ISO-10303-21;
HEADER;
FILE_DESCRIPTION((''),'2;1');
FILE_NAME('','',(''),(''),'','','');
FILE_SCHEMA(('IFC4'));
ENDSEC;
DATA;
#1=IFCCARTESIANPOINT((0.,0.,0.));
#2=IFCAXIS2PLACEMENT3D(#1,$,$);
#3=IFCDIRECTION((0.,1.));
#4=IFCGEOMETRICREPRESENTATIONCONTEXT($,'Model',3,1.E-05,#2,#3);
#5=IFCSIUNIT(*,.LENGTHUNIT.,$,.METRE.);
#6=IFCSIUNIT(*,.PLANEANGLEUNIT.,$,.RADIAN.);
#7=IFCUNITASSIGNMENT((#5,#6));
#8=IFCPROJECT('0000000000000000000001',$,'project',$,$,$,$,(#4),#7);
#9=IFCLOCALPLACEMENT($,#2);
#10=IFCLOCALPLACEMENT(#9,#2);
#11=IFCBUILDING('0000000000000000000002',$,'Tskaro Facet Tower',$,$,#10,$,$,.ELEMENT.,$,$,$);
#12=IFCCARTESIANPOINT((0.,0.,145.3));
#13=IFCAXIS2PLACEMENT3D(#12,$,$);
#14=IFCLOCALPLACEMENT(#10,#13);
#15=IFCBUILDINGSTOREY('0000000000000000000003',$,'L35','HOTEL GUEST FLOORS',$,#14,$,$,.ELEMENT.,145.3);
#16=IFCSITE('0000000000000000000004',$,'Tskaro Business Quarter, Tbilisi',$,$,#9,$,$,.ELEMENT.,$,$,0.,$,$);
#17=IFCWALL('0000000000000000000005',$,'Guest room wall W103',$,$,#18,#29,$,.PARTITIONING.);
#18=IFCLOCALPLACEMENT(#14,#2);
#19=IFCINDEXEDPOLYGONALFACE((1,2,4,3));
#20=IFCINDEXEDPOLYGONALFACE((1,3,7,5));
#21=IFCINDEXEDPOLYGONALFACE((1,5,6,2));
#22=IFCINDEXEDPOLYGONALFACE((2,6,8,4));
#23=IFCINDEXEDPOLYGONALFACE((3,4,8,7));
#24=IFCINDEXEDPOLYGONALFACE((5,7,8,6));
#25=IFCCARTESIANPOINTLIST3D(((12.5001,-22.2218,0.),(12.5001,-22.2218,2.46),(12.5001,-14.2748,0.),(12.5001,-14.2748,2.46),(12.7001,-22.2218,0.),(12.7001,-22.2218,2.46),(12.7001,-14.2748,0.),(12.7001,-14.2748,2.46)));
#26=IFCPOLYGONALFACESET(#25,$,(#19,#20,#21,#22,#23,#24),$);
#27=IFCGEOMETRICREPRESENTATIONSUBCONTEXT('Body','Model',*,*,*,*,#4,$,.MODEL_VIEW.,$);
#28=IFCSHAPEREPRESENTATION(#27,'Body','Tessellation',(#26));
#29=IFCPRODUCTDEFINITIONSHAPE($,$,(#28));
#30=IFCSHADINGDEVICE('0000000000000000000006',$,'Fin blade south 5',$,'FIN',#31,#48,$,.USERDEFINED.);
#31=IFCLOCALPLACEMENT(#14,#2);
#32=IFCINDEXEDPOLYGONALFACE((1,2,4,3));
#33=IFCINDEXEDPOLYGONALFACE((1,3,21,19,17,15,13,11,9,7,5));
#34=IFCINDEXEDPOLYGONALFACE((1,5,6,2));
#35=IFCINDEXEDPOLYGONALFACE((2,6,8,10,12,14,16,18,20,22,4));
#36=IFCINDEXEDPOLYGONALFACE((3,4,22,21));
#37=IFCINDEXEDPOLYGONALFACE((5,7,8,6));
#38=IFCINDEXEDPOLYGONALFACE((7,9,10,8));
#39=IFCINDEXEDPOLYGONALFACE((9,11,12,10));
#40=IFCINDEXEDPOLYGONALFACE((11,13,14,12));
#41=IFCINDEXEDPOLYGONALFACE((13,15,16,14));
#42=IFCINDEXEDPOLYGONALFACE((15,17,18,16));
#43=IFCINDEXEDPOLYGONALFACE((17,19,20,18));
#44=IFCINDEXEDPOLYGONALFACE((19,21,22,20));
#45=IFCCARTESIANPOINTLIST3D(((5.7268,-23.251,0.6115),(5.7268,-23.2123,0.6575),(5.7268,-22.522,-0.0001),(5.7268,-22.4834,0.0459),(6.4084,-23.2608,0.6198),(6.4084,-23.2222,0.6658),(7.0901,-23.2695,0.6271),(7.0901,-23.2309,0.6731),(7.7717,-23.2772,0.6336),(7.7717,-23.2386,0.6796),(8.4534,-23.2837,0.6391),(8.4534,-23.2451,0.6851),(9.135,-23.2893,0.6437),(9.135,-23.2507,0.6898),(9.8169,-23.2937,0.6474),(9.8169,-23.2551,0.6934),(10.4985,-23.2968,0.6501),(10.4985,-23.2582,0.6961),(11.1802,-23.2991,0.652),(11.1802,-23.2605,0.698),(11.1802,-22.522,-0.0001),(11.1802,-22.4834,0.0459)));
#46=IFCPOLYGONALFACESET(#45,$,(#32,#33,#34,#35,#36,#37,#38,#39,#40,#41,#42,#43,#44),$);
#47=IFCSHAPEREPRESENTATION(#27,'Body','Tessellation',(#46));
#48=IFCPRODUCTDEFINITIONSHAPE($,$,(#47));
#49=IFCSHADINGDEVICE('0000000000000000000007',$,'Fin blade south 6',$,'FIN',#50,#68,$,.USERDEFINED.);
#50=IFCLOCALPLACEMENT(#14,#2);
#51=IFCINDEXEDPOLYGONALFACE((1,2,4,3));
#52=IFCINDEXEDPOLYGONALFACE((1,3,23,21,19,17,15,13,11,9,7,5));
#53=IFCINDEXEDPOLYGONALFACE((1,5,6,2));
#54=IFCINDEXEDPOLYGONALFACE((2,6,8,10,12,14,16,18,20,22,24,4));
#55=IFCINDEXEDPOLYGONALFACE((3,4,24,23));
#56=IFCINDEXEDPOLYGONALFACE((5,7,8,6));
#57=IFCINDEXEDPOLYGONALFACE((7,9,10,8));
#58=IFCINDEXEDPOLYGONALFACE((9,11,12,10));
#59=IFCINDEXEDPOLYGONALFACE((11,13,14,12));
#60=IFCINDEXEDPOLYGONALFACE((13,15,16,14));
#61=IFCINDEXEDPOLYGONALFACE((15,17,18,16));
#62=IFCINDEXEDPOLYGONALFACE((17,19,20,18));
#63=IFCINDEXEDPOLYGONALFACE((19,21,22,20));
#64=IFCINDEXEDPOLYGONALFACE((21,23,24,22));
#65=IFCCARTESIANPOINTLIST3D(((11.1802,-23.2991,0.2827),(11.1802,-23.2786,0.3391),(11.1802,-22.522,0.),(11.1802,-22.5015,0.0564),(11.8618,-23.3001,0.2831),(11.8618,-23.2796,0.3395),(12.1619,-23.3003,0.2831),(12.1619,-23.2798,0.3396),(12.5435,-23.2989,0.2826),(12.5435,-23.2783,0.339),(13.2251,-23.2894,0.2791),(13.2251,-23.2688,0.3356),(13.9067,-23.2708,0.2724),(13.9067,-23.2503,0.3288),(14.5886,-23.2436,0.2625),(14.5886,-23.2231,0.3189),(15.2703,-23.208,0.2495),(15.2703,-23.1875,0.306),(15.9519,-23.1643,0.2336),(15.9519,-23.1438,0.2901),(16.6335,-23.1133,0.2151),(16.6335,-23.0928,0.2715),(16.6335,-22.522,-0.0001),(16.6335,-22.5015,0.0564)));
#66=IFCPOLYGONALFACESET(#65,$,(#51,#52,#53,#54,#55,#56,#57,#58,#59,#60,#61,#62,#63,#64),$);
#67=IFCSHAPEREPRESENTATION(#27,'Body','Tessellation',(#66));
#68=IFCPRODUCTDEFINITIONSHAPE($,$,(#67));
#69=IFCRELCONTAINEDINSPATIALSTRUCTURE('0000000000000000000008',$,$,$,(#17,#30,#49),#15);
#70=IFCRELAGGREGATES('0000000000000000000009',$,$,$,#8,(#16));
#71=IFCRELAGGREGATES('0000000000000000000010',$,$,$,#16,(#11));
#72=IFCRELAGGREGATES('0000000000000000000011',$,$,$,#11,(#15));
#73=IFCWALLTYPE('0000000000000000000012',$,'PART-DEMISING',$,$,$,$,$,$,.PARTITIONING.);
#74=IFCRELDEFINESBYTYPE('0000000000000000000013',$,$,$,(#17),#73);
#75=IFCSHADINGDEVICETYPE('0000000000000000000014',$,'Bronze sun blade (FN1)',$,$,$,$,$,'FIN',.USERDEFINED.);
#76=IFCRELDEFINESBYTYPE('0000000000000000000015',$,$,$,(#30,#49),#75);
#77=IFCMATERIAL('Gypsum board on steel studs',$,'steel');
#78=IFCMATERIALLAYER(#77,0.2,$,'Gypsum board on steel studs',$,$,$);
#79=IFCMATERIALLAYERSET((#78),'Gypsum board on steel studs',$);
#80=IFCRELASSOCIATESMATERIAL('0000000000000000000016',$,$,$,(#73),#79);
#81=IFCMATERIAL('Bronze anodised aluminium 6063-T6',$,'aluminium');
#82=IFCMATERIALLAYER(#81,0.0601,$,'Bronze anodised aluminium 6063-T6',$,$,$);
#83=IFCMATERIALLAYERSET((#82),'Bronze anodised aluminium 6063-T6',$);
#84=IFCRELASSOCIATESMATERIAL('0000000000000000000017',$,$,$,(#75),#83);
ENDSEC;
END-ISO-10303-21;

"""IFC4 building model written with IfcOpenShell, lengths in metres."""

from ifc_helpers import new_model, si_unit, direction, frame, frame_2d, origin, place, context, subcontext, project, spatial, polyline, rectangle, outline, extrude, material, layer, layer_set, type_object, element, save


model = new_model("IFC4")

# Units and contexts
model_context = context("Model", 3, precision=1e-05, world=origin(), true_north=direction((0.0, 1.0)))
body_context = subcontext(model_context, "Body", "Model", "MODEL_VIEW")
ifc_project = project(units=[si_unit("LENGTHUNIT", "METRE"), si_unit("PLANEANGLEUNIT", "RADIAN")], contexts=[model_context])

# Site, building, storey
site_placement = place(None, origin())
site = spatial("IfcSite", under=ifc_project, at=site_placement, Name="Tskaro Business Quarter, Tbilisi", CompositionType="ELEMENT", RefElevation=0.0)
building_placement = place(site_placement, origin())
building = spatial("IfcBuilding", under=site, at=building_placement, Name="Tskaro Facet Tower", CompositionType="ELEMENT")
storey_placement = place(building_placement, frame((0.0, 0.0, 145.3)))
storey = spatial("IfcBuildingStorey", under=building, at=storey_placement, Name="L35", Description="HOTEL GUEST FLOORS", CompositionType="ELEMENT", Elevation=145.3)

# Shared definitions
ifc_material_1 = material(Name="Bronze anodised aluminium 6063-T6", Category="aluminium")

# Shared definitions
ifc_material_2 = material(Name="Gypsum board on steel studs", Category="steel")

# Wall
ifc_layer_1 = layer(ifc_material_2, 0.2, Name="Gypsum board on steel studs")
ifc_layer_set_1 = layer_set([ifc_layer_1], Name="Gypsum board on steel studs")
wall_type_1 = type_object("IfcWallType", Name="PART-DEMISING", PredefinedType="PARTITIONING", material=ifc_layer_set_1)
for number, where, z_axis, x_axis, name in (
    (1, (12.6001, -22.2219, 0.0), (0.0, 0.0, 1.0), (0.0, 1.0, 0.0), "Guest room wall W103"),
):
    element("IfcWall", number, at=place(storey_placement, frame(where, z_axis=z_axis, x_axis=x_axis)), inside=storey, type_object=wall_type_1, Name=name, PredefinedType="PARTITIONING", context=body_context, shape_type="SweptSolid", body=[
        extrude(rectangle(XDim=7.947, YDim=0.2, at=frame_2d((3.9736, 0.0))), origin(), (0.0, 0.0, 1.0), 2.46),
    ])

# Shading devices
ifc_layer_2 = layer(ifc_material_1, 0.0601, Name="Bronze anodised aluminium 6063-T6")
ifc_layer_set_2 = layer_set([ifc_layer_2], Name="Bronze anodised aluminium 6063-T6")
shading_device_type = type_object("IfcShadingDeviceType", Name="Bronze sun blade (FN1)", ElementType="FIN", PredefinedType="USERDEFINED", material=ifc_layer_set_2)
shading_device_1_placement = place(storey_placement, frame((5.7268, -22.4834, 0.0459), z_axis=(-0.000012, 0.64277, 0.766059), x_axis=(1.0, 0.000008, 0.000009)))
element("IfcShadingDevice", 2, at=shading_device_1_placement, inside=storey, type_object=shading_device_type, Name="Fin blade south 5", ObjectType="FIN", PredefinedType="USERDEFINED", context=body_context, shape_type="SweptSolid", body=[
    extrude(outline(polyline([(0.0, 0.0), (5.4534, 0.0), (5.4534, -1.0145), (4.7717, -1.0115), (4.0901, -1.0074), (3.4082, -1.0016), (2.7266, -0.9944), (2.0449, -0.9859), (1.3633, -0.9758), (0.6816, -0.9644), (0.0, -0.9516), (0.0, 0.0)])), origin(), (0.0, 0.0, -1.0), 0.0601),
])
shading_device_2_placement = place(storey_placement, frame((11.1802, -22.5015, 0.0564), z_axis=(0.000004, 0.341905, 0.939735), x_axis=(1.0, -0.000001, -0.000004)))
element("IfcShadingDevice", 3, at=shading_device_2_placement, inside=storey, type_object=shading_device_type, Name="Fin blade south 6", ObjectType="FIN", PredefinedType="USERDEFINED", context=body_context, shape_type="SweptSolid", body=[
    extrude(outline(polyline([(0.0, 0.0), (5.4534, 0.0), (5.4534, -0.6292), (4.7717, -0.6835), (4.0901, -0.73), (3.4084, -0.7679), (2.7266, -0.7968), (2.0449, -0.8166), (1.3633, -0.8267), (0.9817, -0.8282), (0.6816, -0.828), (0.0, -0.8269), (0.0, 0.0)])), origin(), (0.0, 0.0, -1.0), 0.0601),
])

save(model, "model.ifc")
